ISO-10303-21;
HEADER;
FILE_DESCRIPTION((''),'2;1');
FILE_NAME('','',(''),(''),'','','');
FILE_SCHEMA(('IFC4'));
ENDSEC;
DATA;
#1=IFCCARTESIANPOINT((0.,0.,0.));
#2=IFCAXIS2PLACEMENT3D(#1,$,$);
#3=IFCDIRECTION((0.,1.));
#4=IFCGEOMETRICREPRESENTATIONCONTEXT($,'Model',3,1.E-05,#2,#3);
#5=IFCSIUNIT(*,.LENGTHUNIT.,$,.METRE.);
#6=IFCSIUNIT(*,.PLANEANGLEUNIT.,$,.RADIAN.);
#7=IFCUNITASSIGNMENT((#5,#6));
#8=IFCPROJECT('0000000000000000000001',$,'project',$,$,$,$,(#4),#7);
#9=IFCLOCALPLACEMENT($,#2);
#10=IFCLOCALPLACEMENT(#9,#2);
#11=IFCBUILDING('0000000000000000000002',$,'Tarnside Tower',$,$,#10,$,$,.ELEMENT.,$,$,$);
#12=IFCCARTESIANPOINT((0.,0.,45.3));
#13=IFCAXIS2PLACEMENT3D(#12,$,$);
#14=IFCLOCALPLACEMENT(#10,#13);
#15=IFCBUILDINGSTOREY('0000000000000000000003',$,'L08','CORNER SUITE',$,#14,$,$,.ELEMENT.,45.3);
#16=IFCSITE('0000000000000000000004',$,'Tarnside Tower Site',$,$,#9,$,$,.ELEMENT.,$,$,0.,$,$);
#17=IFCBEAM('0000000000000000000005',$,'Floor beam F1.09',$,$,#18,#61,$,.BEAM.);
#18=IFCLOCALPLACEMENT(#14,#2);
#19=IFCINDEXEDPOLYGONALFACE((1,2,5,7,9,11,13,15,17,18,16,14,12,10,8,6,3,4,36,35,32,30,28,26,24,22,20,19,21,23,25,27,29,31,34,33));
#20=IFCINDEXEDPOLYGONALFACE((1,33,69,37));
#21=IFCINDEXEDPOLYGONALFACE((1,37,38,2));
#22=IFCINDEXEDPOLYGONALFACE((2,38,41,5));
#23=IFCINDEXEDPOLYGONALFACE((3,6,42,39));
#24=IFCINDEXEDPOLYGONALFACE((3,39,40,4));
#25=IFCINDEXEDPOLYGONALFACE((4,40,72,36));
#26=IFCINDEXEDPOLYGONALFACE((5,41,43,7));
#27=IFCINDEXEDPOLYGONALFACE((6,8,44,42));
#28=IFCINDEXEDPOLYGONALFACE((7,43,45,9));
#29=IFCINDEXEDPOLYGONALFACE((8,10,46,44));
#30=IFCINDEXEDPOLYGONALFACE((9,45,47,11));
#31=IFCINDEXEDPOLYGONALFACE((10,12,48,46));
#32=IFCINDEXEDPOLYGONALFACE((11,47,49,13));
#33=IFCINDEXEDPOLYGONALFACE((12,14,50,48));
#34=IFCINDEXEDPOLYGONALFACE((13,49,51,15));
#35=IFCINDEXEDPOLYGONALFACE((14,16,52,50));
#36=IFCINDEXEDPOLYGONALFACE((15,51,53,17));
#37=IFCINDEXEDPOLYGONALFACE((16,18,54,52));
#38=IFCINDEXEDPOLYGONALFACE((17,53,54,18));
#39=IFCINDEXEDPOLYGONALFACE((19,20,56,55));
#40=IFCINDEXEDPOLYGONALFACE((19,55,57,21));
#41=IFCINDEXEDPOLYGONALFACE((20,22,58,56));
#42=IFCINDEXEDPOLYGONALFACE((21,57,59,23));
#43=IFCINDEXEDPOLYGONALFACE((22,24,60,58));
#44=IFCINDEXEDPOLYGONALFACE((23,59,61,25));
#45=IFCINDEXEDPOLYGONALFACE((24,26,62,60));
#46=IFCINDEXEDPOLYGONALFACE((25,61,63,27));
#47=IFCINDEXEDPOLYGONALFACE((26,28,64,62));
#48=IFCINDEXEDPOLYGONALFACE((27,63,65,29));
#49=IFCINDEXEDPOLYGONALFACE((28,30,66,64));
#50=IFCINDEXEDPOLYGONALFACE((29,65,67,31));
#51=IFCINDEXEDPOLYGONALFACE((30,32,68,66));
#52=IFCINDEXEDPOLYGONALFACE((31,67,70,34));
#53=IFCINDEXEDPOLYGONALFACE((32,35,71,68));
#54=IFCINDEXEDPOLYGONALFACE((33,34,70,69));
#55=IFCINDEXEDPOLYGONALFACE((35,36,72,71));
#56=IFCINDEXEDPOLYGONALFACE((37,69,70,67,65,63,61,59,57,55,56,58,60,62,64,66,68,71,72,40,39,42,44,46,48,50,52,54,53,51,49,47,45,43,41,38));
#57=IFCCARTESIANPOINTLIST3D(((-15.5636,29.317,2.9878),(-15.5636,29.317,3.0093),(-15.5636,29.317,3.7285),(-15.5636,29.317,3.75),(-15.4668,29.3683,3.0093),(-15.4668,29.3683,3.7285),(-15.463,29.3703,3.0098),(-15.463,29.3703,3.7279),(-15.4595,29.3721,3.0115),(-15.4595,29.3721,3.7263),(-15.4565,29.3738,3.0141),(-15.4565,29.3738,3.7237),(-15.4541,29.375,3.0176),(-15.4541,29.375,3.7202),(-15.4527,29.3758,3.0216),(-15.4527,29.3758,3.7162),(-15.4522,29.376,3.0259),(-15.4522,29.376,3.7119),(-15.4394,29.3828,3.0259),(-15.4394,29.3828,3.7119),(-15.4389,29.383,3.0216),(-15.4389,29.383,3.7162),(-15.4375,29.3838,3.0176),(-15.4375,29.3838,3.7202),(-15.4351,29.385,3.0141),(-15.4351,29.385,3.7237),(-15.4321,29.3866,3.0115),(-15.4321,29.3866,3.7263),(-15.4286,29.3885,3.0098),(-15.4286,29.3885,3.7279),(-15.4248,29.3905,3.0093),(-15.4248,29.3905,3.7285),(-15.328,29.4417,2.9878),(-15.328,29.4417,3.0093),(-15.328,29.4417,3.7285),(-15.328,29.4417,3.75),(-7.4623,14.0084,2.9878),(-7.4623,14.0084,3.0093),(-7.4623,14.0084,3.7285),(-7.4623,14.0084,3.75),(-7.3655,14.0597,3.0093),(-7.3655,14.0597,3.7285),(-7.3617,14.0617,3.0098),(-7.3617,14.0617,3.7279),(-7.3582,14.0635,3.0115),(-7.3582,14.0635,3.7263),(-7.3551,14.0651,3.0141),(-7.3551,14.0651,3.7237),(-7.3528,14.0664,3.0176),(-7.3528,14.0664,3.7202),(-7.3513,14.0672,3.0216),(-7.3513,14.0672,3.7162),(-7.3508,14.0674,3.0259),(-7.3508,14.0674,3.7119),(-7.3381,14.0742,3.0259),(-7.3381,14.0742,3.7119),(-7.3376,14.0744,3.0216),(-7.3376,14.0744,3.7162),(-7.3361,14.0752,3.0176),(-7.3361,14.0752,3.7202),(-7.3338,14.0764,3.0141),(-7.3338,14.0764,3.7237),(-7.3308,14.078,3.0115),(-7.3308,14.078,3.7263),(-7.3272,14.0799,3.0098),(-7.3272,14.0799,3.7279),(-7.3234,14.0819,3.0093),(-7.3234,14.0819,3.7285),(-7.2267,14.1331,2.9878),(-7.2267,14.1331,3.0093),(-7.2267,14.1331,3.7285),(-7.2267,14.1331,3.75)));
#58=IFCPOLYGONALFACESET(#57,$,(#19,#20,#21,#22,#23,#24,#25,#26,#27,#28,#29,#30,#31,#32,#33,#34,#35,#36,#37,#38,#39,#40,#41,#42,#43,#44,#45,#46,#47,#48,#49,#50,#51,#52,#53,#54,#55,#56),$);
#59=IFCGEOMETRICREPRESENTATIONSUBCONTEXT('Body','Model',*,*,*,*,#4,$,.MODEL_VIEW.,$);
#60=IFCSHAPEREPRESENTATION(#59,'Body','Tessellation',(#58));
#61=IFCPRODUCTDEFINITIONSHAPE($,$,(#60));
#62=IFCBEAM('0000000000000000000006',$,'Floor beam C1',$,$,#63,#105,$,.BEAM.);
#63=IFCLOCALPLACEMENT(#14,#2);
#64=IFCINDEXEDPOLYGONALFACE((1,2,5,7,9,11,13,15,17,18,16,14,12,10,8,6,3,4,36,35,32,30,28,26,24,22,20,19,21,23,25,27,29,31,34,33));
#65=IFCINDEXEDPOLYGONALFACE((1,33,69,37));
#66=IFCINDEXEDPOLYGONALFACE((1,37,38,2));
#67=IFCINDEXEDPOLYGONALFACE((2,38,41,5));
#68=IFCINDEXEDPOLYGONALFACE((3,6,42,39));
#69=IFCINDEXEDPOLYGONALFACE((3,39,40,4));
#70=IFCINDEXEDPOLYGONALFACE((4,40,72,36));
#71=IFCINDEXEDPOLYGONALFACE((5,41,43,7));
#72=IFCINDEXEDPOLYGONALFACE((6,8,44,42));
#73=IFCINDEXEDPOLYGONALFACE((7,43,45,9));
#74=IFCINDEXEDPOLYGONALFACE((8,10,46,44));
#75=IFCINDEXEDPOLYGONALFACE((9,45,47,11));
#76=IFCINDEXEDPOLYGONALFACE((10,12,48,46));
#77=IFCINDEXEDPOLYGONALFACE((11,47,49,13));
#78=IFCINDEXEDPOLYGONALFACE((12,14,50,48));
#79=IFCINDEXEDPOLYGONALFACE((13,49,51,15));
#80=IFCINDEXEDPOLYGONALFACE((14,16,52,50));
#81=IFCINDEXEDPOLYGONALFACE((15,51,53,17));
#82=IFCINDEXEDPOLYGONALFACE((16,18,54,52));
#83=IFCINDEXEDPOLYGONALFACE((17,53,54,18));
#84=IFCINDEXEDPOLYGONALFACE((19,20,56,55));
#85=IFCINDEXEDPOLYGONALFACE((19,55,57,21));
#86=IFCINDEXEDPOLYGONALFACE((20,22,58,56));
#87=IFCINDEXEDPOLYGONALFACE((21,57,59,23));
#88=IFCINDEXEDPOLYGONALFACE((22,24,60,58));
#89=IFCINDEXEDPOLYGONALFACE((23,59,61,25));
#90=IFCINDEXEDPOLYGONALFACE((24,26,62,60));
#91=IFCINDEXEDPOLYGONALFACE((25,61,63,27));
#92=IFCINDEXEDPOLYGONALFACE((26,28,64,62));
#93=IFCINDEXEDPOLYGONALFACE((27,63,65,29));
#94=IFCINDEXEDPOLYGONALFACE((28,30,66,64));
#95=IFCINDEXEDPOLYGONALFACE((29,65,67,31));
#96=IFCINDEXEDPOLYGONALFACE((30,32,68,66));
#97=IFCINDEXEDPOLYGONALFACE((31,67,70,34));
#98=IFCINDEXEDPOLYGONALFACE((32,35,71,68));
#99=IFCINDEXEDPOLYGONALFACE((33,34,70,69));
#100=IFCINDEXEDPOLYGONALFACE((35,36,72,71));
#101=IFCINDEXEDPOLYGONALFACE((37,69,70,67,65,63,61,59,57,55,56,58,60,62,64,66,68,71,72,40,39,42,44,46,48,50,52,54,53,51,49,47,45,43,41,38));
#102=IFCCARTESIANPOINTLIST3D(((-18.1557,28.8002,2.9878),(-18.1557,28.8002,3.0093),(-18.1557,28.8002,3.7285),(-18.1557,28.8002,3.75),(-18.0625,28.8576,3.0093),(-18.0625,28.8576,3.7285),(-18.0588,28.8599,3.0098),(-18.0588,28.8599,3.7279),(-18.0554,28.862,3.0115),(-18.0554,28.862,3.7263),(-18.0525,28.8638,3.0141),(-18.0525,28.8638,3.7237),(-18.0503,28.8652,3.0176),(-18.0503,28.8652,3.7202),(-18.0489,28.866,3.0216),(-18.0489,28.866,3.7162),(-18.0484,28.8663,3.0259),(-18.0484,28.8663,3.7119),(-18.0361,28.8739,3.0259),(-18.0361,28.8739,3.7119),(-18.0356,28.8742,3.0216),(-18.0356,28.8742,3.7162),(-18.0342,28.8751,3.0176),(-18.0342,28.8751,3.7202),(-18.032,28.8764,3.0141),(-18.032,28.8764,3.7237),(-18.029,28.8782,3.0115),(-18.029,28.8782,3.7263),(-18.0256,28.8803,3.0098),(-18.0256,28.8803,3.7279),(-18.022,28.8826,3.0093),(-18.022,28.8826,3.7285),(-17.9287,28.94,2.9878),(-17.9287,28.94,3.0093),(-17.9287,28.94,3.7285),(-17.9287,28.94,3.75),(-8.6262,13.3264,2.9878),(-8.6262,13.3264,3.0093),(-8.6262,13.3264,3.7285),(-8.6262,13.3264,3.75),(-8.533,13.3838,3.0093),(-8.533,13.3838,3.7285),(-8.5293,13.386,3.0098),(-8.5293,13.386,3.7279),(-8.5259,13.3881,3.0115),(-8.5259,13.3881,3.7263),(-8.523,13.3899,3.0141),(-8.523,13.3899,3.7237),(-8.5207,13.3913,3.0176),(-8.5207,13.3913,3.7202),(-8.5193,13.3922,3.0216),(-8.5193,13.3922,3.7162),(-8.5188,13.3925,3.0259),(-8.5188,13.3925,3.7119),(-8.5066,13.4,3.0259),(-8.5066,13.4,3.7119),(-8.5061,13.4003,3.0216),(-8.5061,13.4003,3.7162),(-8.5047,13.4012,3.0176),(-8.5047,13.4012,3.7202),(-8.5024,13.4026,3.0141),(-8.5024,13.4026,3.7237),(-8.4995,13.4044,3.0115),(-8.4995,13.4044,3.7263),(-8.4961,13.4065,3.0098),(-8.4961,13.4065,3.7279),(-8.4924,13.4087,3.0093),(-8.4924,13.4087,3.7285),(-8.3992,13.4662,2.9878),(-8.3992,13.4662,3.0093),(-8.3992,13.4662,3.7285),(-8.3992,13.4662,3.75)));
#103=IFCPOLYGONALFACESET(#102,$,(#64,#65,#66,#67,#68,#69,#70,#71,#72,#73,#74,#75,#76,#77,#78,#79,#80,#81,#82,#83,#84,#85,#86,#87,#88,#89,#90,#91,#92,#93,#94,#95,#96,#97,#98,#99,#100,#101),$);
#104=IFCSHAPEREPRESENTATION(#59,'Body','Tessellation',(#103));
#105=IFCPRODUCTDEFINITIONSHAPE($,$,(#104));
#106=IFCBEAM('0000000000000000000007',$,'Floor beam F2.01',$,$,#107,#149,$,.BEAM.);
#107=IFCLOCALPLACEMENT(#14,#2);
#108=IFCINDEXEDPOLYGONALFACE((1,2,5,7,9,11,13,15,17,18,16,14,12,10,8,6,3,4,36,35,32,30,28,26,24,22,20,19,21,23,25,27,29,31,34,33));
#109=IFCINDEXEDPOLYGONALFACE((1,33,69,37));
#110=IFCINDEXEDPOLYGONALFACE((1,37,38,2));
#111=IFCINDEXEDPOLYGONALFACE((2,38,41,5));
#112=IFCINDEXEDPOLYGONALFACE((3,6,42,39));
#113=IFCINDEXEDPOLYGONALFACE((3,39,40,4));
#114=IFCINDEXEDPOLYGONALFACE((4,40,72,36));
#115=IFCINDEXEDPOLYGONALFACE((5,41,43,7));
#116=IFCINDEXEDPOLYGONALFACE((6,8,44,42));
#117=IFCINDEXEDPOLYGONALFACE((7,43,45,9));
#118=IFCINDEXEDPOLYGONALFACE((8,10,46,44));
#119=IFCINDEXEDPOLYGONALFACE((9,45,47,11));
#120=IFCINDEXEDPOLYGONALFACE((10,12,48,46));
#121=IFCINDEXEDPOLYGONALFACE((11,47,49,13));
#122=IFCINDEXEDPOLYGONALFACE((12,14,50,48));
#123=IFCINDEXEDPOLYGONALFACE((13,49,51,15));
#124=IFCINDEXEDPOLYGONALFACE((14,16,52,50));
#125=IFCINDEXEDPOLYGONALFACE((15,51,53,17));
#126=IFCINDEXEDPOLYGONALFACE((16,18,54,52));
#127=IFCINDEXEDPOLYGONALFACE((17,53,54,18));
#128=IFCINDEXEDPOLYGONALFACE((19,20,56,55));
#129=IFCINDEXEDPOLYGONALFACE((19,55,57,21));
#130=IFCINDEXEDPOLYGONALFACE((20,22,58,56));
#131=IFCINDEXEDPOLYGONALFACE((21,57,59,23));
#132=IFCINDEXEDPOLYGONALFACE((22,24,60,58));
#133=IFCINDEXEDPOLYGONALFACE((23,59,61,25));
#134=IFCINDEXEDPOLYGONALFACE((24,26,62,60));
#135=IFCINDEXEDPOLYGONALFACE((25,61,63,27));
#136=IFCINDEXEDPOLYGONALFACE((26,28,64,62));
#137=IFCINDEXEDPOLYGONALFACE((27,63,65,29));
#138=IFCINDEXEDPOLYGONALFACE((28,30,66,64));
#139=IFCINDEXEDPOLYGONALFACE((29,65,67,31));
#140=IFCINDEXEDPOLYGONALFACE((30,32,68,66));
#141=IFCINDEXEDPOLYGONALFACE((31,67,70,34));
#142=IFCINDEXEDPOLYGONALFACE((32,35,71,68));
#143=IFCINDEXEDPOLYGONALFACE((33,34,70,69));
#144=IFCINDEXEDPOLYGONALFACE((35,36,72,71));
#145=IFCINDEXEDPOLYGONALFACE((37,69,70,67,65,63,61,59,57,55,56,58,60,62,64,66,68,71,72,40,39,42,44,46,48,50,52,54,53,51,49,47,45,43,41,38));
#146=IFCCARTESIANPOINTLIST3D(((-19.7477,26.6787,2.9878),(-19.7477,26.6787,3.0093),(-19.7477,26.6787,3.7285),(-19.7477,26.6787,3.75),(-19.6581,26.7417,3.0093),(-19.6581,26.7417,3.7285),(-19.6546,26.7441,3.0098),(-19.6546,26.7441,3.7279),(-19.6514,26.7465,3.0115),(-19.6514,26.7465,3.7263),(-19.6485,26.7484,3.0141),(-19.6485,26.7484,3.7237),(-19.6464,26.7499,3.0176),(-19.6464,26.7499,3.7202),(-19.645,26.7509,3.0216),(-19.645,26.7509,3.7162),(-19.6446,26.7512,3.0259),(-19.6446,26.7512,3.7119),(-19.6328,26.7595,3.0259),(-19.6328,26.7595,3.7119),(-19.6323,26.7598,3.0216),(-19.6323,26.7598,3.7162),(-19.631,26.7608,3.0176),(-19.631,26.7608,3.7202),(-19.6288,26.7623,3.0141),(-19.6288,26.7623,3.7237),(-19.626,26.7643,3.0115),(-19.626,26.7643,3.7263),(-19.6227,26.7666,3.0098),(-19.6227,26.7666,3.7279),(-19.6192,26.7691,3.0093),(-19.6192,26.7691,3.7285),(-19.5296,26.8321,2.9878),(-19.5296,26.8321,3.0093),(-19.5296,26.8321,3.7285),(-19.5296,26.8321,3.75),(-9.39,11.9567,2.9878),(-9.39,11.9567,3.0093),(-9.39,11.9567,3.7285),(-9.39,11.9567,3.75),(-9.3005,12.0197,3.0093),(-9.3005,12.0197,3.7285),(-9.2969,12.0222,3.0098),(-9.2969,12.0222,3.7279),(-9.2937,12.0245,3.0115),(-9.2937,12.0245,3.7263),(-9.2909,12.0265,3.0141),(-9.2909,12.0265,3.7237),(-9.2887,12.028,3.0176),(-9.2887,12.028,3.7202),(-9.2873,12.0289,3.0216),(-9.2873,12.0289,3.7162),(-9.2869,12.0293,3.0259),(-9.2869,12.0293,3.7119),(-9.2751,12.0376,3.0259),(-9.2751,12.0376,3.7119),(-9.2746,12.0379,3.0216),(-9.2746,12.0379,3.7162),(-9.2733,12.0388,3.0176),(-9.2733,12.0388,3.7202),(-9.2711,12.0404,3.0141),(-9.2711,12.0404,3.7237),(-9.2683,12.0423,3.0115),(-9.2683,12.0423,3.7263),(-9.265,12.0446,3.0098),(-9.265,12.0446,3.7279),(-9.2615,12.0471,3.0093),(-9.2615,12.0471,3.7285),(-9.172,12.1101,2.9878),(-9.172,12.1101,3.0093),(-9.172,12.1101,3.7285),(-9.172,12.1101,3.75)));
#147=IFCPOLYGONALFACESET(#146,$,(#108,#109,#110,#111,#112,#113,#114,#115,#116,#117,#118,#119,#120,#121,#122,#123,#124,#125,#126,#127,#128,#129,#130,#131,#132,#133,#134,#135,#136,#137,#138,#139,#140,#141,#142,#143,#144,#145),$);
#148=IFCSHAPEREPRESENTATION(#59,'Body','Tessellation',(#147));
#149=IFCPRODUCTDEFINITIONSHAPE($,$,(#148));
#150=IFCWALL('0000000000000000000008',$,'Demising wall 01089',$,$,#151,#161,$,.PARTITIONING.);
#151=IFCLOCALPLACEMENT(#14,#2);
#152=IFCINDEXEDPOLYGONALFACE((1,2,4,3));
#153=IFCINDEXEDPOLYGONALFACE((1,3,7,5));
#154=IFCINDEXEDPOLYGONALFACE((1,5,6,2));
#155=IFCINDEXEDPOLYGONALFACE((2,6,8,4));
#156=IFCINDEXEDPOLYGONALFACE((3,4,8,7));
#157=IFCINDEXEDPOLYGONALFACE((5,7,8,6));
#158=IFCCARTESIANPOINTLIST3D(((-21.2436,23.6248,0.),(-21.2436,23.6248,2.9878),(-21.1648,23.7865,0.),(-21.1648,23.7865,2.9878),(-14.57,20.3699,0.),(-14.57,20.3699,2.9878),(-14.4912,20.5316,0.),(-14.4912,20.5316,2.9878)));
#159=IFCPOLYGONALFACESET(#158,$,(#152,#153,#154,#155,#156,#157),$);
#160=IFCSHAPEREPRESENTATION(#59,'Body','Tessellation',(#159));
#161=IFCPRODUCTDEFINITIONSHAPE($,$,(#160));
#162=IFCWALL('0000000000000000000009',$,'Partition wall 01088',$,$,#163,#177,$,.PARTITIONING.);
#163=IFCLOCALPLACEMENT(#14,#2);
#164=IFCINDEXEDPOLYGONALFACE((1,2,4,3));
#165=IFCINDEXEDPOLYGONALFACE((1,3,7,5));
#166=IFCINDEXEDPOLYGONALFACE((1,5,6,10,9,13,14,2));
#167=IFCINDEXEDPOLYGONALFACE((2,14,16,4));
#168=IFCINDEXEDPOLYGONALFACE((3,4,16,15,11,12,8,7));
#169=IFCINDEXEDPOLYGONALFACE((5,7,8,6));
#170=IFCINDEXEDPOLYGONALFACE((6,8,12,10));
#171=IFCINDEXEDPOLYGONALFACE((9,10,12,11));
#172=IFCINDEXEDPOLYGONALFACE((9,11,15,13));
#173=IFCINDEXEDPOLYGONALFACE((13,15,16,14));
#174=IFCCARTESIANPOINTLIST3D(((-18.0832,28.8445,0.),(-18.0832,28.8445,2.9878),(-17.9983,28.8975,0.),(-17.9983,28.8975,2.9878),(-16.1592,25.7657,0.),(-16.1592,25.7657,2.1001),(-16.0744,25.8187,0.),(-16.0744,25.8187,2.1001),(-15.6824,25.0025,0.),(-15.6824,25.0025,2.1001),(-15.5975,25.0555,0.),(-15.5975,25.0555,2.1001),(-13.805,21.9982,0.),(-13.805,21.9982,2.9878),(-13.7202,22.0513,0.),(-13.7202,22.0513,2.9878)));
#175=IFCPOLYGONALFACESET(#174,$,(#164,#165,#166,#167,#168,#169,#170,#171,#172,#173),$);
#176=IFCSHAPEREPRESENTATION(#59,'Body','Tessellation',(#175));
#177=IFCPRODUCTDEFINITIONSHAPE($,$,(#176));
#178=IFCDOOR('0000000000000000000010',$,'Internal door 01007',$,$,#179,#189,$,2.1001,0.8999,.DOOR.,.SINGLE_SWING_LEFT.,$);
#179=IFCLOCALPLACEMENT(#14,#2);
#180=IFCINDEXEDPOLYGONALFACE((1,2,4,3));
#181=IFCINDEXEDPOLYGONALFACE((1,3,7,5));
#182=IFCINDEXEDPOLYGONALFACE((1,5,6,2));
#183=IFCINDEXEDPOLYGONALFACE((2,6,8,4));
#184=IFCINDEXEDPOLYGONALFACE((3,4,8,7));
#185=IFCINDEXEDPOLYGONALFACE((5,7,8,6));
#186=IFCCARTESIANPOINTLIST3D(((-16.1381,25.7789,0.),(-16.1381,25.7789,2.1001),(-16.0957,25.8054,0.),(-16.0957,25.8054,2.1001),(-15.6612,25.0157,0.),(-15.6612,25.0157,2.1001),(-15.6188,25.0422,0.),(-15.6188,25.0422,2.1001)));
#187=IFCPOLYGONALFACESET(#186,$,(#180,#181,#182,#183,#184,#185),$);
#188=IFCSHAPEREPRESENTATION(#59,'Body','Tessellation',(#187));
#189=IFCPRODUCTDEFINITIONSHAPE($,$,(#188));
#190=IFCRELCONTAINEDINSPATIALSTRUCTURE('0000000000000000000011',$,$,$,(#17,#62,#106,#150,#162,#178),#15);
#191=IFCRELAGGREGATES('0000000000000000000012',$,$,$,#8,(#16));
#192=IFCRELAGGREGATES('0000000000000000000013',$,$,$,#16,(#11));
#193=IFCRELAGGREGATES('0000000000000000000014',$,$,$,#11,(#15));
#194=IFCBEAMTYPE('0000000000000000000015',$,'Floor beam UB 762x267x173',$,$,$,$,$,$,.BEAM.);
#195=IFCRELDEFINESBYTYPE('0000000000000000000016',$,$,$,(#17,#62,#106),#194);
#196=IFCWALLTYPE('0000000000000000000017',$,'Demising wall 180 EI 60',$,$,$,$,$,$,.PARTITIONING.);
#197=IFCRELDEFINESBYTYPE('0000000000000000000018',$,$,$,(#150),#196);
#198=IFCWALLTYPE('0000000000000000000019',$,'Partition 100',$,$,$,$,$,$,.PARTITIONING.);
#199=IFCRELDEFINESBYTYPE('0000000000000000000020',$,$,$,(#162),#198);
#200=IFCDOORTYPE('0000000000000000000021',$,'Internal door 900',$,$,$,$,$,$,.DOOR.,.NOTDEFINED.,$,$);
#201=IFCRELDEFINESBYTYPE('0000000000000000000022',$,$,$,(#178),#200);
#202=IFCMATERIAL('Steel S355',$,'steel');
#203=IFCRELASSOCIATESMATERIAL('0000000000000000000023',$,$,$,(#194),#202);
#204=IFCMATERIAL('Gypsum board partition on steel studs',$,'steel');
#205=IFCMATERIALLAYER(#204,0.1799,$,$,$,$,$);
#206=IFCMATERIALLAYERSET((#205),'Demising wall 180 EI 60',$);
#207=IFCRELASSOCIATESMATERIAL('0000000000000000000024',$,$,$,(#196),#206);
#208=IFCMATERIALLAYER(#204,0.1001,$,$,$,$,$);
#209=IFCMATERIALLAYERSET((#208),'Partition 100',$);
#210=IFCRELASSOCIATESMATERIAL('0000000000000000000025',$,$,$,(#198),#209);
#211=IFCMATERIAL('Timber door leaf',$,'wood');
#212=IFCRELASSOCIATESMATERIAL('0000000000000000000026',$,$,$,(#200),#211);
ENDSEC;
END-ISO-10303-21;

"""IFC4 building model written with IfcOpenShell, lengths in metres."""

from ifc_helpers import new_model, si_unit, direction, frame, frame_2d, origin, origin_2d, place, context, subcontext, project, spatial, rectangle, i_section, extrude, material, layer, layer_set, material_profile, profile_set, type_object, element, fill, save


model = new_model("IFC4")

# Units and contexts
model_context = context("Model", 3, precision=1e-05, world=origin(), true_north=direction((0.0, 1.0)))
body_context = subcontext(model_context, "Body", "Model", "MODEL_VIEW")
ifc_project = project(units=[si_unit("LENGTHUNIT", "METRE"), si_unit("PLANEANGLEUNIT", "RADIAN")], contexts=[model_context])

# Site, building, storey
site_placement = place(None, origin())
site = spatial("IfcSite", under=ifc_project, at=site_placement, Name="Tarnside Tower Site", CompositionType="ELEMENT", RefElevation=0.0)
building_placement = place(site_placement, origin())
building = spatial("IfcBuilding", under=site, at=building_placement, Name="Tarnside Tower", CompositionType="ELEMENT")
storey_placement = place(building_placement, frame((0.0, 0.0, 45.3)))
storey = spatial("IfcBuildingStorey", under=building, at=storey_placement, Name="L08", Description="CORNER SUITE", CompositionType="ELEMENT", Elevation=45.3)

# Beams
ifc_material_1 = material(Name="Steel S355", Category="steel")
ifc_material_profile = material_profile(ifc_material_1, i_section(OverallWidth=0.2666, OverallDepth=0.7622, WebThickness=0.0144, FlangeThickness=0.0215, FilletRadius=0.0166, at=origin_2d()), Name="UB 762x267x173")
ifc_profile_set = profile_set([ifc_material_profile], Name="Steel S355")
beam_type = type_object("IfcBeamType", Name="Floor beam UB 762x267x173", PredefinedType="BEAM", material=ifc_profile_set)
beam_1_placement = place(storey_placement, frame((-15.4458, 29.3794, 3.3689), z_axis=(0.467742, -0.883865, 0.0), x_axis=(0.883865, 0.467742, 0.0)))
element("IfcBeam", 1, at=beam_1_placement, inside=storey, type_object=beam_type, Name="Floor beam F1.09", PredefinedType="BEAM", context=body_context, shape_type="SweptSolid", body=[
    extrude(i_section(OverallWidth=0.2666, OverallDepth=0.7622, WebThickness=0.0144, FlangeThickness=0.0215, FilletRadius=0.0166, at=origin_2d()), origin(), (0.0, 0.0, 1.0), 17.3201),
])
beam_2_placement = place(storey_placement, frame((-18.0422, 28.8701, 3.3689), z_axis=(0.524383, -0.851483, 0.0), x_axis=(0.851483, 0.524383, 0.0)))
element("IfcBeam", 2, at=beam_2_placement, inside=storey, type_object=beam_type, Name="Floor beam C1", PredefinedType="BEAM", context=body_context, shape_type="SweptSolid", body=[
    extrude(i_section(OverallWidth=0.2666, OverallDepth=0.7622, WebThickness=0.0144, FlangeThickness=0.0215, FilletRadius=0.0166, at=origin_2d()), origin(), (0.0, 0.0, 1.0), 18.1729),
])
beam_3_placement = place(storey_placement, frame((-19.6387, 26.7554, 3.3689), z_axis=(0.575411, -0.817864, 0.0), x_axis=(0.817864, 0.575411, 0.0)))
element("IfcBeam", 3, at=beam_3_placement, inside=storey, type_object=beam_type, Name="Floor beam F2.01", PredefinedType="BEAM", context=body_context, shape_type="SweptSolid", body=[
    extrude(i_section(OverallWidth=0.2666, OverallDepth=0.7622, WebThickness=0.0144, FlangeThickness=0.0215, FilletRadius=0.0166, at=origin_2d()), origin(), (0.0, 0.0, 1.0), 18.0005),
])

# Wall
ifc_material_2 = material(Name="Gypsum board partition on steel studs", Category="steel")
ifc_layer_1 = layer(ifc_material_2, 0.1799)
ifc_layer_set_1 = layer_set([ifc_layer_1], Name="Demising wall 180 EI 60")
wall_type_1 = type_object("IfcWallType", Name="Demising wall 180 EI 60", PredefinedType="PARTITIONING", material=ifc_layer_set_1)
wall_1_placement = place(storey_placement, frame((-21.2041, 23.7056, 0.0), z_axis=(0.0, 0.0, 1.0), x_axis=(0.898796, -0.438367, 0.0)))
element("IfcWall", 4, at=wall_1_placement, inside=storey, type_object=wall_type_1, Name="Demising wall 01089", PredefinedType="PARTITIONING", context=body_context, shape_type="SweptSolid", body=[
    extrude(rectangle(XDim=7.425, YDim=0.1799, at=frame_2d((3.7124, 0.0))), origin(), (0.0, 0.0, 1.0), 2.9878),
])

# Wall, opening, door
ifc_layer_2 = layer(ifc_material_2, 0.1001)
ifc_layer_set_2 = layer_set([ifc_layer_2], Name="Partition 100")
wall_type_2 = type_object("IfcWallType", Name="Partition 100", PredefinedType="PARTITIONING", material=ifc_layer_set_2)
wall_2_placement = place(storey_placement, frame((-18.0408, 28.8711, 0.0), z_axis=(0.0, 0.0, 1.0), x_axis=(0.529928, -0.848042, 0.0)))
wall_2 = element("IfcWall", 5, at=wall_2_placement, inside=storey, type_object=wall_type_2, Name="Partition wall 01088", PredefinedType="PARTITIONING", context=body_context, shape_type="SweptSolid", body=[
    extrude(rectangle(XDim=8.073, YDim=0.1001, at=frame_2d((4.0366, 0.0))), origin(), (0.0, 0.0, 1.0), 2.9878),
])
opening_1_placement = place(wall_2_placement, frame((3.6306, 0.0, 0.0)))
opening_1 = element("IfcOpeningElement", 6, at=opening_1_placement, cuts=wall_2, PredefinedType="OPENING", context=body_context, shape_type="SweptSolid", body=[
    extrude(rectangle(XDim=0.8999, YDim=2.1001, at=frame_2d((0.45, 1.05))), frame((0.0, 0.0601, 0.0), z_axis=(0.0, -1.0, 0.0), x_axis=(1.0, 0.0, 0.0)), (0.0, 0.0, 1.0), 0.1201),
])
ifc_material_3 = material(Name="Timber door leaf", Category="wood")
door_type = type_object("IfcDoorType", Name="Internal door 900", OperationType="NOTDEFINED", PredefinedType="DOOR", material=ifc_material_3)
door_placement = place(opening_1_placement, origin())
door = element("IfcDoor", 7, at=door_placement, inside=storey, type_object=door_type, Name="Internal door 01007", OperationType="SINGLE_SWING_LEFT", OverallHeight=2.1001, OverallWidth=0.8999, PredefinedType="DOOR", context=body_context, shape_type="SweptSolid", body=[
    extrude(rectangle(XDim=0.8999, YDim=2.1001, at=frame_2d((0.45, 1.05))), frame((0.0, 0.0249, 0.0), z_axis=(0.0, -1.0, 0.0), x_axis=(1.0, 0.0, 0.0)), (0.0, 0.0, 1.0), 0.05),
])
fill(opening_1, door)

save(model, "model.ifc")
